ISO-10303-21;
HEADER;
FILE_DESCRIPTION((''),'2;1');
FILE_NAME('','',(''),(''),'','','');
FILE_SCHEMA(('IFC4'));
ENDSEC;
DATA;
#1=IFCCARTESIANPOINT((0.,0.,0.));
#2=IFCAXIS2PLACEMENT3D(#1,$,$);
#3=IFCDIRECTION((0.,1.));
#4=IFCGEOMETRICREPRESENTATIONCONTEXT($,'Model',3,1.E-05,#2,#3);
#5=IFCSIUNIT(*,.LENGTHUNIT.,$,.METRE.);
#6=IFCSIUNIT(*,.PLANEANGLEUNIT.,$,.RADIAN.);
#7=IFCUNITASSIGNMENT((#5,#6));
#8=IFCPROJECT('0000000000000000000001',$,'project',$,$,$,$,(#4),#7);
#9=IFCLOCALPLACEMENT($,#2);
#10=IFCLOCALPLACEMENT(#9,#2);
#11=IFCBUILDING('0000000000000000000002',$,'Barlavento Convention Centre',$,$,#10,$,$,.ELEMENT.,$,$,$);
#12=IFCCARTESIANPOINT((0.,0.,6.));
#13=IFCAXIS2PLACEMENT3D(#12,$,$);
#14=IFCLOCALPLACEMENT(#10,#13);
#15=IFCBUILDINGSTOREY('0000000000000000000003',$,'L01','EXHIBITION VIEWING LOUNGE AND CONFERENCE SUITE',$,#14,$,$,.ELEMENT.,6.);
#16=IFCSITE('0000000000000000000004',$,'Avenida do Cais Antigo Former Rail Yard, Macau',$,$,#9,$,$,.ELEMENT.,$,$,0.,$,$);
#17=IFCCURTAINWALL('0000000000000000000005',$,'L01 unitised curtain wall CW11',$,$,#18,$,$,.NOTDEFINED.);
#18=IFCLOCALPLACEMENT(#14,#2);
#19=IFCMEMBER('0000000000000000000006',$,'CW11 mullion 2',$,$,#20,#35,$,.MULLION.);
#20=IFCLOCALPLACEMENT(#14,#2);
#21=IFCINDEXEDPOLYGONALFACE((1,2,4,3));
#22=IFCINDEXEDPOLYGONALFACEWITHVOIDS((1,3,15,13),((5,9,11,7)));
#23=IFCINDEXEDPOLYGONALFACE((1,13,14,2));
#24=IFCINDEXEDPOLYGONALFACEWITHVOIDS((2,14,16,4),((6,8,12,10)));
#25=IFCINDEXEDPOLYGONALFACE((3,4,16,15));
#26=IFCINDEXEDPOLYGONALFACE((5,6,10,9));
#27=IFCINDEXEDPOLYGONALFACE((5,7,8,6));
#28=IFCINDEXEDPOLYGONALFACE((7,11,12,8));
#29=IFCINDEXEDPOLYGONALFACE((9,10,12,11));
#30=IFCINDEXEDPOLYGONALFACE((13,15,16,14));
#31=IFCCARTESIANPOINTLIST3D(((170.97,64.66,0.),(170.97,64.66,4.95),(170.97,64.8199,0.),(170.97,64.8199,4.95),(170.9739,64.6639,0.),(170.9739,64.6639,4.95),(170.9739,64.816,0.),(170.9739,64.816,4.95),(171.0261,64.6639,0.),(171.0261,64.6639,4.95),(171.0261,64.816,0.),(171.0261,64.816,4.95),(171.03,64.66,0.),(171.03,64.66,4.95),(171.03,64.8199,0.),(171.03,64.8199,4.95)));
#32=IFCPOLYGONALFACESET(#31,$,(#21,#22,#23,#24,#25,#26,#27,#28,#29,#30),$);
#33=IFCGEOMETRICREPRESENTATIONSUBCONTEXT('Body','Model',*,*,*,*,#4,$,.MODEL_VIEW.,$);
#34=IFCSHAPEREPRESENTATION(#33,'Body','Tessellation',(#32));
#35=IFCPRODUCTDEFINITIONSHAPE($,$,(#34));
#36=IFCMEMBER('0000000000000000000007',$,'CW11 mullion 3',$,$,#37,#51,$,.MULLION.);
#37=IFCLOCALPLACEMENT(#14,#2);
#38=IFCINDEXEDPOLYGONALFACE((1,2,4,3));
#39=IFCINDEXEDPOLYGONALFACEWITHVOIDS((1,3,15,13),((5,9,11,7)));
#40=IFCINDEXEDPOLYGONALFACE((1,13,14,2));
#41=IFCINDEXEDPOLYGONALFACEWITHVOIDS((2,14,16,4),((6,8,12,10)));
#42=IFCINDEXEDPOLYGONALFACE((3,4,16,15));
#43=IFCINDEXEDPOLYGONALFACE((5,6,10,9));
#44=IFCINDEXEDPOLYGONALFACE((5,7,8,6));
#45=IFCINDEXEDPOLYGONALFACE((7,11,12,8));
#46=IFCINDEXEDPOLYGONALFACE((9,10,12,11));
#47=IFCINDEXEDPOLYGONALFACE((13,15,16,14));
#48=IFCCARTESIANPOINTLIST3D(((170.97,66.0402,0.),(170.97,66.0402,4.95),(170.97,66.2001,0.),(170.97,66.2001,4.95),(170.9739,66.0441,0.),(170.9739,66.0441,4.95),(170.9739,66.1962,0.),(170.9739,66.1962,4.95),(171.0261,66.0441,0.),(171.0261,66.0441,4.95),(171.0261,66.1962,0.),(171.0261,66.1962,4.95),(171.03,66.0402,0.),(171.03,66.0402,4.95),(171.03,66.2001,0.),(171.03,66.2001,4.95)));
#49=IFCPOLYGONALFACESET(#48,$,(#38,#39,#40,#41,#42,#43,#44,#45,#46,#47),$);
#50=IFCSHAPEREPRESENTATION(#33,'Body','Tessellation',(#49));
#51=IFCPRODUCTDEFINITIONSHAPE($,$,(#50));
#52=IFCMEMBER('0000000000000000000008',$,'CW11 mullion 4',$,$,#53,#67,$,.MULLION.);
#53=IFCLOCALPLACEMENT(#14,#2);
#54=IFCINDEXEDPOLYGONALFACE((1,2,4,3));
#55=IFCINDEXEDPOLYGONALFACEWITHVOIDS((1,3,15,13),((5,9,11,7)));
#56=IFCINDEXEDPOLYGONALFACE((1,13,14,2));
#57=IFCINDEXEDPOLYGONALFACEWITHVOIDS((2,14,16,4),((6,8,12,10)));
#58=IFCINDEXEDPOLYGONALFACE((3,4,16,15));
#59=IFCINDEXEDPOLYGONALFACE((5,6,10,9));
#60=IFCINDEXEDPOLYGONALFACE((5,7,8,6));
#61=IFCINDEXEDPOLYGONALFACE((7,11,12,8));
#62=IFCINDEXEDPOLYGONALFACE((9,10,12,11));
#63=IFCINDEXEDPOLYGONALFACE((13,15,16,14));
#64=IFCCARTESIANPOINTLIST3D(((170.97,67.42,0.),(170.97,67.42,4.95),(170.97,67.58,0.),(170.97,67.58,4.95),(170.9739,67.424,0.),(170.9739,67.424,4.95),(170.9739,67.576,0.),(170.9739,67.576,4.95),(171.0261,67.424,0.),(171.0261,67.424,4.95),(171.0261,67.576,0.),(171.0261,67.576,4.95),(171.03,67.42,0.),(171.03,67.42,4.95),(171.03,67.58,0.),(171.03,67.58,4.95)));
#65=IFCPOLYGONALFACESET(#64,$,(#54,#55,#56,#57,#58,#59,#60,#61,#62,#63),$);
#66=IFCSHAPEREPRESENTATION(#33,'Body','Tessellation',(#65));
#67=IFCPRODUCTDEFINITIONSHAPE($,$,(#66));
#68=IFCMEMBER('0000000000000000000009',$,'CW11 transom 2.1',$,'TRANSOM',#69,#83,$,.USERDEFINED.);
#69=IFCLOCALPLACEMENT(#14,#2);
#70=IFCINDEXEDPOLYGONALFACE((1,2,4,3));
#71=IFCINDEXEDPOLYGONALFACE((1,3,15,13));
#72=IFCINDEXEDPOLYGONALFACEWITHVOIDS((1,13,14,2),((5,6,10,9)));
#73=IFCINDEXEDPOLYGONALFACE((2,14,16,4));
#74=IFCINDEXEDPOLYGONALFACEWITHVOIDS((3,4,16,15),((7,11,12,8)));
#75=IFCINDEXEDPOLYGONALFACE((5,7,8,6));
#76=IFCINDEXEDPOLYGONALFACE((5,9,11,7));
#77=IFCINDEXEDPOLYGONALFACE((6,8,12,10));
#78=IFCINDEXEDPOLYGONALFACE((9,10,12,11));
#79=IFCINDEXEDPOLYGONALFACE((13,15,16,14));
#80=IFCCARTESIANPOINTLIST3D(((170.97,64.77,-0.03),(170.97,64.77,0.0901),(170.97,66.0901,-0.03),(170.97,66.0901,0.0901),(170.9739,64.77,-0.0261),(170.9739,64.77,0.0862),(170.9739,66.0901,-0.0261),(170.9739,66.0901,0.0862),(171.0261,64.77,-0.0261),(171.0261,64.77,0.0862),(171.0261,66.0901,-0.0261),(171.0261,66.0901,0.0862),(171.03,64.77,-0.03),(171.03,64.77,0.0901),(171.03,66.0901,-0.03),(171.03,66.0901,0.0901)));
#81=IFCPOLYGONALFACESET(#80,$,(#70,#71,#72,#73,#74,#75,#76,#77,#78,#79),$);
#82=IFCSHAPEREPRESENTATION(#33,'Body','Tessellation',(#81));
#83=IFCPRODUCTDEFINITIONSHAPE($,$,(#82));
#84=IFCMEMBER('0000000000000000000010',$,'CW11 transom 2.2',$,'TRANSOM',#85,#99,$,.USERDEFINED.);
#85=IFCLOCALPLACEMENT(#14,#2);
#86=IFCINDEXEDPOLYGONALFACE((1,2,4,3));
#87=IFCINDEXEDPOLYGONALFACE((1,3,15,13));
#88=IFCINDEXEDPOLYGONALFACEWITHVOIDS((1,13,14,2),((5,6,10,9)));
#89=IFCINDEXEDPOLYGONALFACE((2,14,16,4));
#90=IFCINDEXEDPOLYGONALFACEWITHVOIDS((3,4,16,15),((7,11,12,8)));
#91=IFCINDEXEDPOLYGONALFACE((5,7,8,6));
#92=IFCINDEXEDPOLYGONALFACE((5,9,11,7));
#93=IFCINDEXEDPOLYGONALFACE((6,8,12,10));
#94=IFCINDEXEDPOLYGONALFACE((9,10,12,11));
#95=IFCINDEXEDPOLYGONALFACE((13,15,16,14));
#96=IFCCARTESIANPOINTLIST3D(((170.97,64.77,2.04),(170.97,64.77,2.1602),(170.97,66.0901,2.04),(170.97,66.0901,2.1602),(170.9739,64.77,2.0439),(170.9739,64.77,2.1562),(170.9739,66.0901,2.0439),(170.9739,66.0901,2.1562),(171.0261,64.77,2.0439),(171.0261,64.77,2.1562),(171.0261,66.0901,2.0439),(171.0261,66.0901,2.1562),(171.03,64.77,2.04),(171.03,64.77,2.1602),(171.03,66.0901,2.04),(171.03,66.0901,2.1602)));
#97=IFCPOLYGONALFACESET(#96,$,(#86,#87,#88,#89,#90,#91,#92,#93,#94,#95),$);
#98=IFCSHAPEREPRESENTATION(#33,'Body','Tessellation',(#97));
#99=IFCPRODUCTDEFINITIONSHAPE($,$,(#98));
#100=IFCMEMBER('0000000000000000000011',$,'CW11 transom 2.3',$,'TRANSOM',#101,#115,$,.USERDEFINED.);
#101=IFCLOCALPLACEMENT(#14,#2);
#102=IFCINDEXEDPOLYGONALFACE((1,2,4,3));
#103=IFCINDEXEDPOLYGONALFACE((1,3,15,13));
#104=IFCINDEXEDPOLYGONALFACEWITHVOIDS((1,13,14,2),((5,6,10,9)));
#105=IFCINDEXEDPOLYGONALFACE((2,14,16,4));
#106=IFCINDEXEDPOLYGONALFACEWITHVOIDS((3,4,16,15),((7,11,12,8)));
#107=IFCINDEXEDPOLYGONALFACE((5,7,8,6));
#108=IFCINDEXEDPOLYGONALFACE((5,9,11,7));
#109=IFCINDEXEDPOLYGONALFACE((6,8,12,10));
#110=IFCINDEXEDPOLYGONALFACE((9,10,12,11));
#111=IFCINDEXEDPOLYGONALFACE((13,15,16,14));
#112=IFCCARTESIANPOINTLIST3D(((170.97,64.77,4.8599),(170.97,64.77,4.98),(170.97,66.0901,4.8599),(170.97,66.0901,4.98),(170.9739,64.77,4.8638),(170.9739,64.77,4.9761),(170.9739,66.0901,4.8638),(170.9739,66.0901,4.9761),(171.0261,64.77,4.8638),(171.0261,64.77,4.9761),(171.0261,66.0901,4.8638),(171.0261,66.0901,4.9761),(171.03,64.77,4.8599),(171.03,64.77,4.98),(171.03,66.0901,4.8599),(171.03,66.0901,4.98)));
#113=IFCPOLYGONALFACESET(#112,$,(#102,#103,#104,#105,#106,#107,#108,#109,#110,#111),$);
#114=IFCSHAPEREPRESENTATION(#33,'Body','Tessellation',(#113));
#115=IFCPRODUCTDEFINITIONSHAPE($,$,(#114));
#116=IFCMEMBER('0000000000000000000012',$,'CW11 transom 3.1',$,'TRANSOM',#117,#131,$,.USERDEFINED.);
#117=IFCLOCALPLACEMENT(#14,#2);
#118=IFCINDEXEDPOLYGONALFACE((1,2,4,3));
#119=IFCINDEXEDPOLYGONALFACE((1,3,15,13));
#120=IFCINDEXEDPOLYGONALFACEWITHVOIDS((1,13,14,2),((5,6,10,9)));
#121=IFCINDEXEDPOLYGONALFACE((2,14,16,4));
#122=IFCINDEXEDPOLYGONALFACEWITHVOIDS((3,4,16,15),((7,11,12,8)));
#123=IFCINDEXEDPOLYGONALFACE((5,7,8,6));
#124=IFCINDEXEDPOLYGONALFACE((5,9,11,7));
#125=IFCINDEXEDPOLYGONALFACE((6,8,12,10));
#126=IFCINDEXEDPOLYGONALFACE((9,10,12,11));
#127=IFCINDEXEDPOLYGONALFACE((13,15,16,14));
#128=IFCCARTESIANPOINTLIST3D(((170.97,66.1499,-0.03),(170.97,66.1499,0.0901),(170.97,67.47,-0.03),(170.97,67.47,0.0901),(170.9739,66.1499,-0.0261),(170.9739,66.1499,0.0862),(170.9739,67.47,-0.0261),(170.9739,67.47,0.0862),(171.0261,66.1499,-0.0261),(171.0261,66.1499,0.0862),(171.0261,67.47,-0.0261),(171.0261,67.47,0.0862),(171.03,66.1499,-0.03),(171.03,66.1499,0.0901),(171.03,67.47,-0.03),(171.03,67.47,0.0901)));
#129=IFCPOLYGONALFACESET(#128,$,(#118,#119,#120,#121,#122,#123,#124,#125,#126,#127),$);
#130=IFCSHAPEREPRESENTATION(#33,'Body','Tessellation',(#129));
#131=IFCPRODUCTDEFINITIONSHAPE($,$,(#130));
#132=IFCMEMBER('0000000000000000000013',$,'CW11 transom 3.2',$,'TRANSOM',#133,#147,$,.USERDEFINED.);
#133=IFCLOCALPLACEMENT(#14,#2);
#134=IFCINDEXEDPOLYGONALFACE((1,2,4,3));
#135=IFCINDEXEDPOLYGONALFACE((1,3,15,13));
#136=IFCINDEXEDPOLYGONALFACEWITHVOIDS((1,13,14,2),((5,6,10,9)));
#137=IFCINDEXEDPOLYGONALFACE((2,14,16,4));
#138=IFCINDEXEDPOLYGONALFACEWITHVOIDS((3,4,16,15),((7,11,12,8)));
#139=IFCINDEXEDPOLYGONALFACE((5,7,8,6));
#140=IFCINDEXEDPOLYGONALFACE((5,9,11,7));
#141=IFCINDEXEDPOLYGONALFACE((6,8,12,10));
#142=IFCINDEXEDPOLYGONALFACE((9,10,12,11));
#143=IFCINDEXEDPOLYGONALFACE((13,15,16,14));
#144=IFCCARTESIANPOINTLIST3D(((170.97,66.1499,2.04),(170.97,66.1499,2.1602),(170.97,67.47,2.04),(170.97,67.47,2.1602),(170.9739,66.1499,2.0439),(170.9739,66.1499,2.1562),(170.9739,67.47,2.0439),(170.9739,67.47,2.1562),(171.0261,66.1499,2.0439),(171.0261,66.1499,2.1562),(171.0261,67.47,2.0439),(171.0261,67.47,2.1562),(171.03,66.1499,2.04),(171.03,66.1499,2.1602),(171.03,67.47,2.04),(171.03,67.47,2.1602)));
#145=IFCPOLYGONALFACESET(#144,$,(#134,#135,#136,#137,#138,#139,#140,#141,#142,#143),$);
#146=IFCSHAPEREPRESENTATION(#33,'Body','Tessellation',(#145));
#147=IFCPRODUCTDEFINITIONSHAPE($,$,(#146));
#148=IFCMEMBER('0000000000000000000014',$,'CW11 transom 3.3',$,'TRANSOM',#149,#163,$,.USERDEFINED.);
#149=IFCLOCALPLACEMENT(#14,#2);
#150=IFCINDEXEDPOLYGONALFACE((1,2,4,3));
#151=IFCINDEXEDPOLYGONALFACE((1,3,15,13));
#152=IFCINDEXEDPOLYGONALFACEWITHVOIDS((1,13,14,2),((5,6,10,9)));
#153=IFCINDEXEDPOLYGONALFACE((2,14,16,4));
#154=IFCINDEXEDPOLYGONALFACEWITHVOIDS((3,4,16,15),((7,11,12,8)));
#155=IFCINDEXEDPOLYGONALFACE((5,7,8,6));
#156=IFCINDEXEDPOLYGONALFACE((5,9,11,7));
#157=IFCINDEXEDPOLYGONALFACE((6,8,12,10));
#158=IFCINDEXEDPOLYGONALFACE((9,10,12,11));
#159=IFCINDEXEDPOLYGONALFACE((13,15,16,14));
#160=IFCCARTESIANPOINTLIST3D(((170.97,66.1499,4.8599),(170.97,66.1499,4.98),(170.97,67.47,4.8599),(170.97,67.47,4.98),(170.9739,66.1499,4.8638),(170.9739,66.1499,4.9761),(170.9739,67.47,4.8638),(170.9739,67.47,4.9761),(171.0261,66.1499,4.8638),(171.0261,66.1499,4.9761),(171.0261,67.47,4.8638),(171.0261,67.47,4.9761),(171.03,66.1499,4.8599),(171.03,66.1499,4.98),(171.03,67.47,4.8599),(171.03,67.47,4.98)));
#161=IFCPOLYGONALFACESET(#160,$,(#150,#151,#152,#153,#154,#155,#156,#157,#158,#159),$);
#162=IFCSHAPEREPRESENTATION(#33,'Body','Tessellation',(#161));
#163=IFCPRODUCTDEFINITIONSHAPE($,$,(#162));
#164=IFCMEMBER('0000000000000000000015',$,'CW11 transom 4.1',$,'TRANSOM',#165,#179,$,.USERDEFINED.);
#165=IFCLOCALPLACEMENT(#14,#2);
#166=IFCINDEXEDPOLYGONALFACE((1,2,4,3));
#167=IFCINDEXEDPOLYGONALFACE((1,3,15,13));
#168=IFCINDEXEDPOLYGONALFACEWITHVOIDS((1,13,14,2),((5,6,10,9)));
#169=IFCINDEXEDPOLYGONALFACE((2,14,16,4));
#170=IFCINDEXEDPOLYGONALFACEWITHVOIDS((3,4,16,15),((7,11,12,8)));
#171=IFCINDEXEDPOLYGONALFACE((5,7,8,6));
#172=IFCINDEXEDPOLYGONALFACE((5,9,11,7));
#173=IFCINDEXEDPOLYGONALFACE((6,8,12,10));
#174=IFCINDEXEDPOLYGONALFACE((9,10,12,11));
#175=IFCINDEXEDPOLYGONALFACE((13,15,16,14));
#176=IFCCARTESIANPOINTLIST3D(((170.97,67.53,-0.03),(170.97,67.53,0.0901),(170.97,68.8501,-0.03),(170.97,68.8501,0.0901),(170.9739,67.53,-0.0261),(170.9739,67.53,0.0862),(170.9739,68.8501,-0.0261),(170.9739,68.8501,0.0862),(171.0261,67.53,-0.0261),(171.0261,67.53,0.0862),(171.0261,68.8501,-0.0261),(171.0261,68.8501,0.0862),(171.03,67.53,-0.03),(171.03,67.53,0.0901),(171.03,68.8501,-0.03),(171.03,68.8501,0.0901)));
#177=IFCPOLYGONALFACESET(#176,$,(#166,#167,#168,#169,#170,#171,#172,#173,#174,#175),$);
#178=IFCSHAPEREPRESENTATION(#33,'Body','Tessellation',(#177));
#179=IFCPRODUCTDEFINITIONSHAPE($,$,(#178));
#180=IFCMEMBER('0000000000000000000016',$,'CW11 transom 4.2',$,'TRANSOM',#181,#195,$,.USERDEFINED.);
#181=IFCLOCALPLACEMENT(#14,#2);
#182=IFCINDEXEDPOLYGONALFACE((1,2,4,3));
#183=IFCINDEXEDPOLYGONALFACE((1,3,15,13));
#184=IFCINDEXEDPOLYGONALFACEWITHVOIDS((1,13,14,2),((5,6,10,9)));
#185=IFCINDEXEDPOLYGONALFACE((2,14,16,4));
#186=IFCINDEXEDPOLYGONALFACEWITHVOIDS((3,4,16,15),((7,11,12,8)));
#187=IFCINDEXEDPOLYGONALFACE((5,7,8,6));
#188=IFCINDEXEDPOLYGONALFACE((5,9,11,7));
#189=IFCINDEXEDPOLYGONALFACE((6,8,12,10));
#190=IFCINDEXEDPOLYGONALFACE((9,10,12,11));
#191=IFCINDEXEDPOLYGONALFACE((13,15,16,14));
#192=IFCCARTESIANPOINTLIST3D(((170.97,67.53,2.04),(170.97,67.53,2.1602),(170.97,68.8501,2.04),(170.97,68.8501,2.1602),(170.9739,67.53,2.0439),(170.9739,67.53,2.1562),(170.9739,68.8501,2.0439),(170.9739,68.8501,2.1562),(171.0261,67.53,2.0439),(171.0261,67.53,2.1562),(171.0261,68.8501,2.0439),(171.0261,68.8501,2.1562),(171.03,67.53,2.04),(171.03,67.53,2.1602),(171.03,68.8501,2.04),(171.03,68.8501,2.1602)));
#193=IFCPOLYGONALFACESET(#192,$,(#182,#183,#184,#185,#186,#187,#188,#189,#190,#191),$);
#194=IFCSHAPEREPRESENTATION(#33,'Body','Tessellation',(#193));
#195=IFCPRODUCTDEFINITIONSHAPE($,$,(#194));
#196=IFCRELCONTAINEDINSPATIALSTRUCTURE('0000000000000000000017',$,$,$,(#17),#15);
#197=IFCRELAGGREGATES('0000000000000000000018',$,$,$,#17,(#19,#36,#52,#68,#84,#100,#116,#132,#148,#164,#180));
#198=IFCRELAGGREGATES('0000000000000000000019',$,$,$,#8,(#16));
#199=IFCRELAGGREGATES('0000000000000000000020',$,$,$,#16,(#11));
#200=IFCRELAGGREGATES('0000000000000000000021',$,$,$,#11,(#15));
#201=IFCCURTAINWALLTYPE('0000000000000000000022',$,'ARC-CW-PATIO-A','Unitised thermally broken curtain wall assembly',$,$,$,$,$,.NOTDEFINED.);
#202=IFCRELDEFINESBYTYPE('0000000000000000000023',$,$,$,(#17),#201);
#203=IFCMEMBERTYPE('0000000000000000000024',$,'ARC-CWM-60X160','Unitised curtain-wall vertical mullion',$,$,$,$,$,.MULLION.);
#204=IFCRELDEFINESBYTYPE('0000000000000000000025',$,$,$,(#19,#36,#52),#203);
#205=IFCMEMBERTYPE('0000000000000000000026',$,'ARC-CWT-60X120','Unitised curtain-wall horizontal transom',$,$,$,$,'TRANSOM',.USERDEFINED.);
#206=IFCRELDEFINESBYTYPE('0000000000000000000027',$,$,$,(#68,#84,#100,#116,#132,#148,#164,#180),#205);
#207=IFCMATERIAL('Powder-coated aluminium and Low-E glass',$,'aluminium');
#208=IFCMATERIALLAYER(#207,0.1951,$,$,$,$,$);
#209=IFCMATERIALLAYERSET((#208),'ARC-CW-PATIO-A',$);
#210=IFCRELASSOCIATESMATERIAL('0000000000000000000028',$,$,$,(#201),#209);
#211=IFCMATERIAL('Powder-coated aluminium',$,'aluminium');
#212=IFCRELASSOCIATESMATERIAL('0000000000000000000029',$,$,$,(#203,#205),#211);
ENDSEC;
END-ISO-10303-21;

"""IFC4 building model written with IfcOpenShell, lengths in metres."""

from ifc_helpers import new_model, si_unit, direction, frame, origin, origin_2d, place, context, subcontext, project, spatial, hollow_rectangle, extrude, material, layer, layer_set, material_profile, profile_set, type_object, element, aggregate, save


model = new_model("IFC4")

# Units and contexts
model_context = context("Model", 3, precision=1e-05, world=origin(), true_north=direction((0.0, 1.0)))
body_context = subcontext(model_context, "Body", "Model", "MODEL_VIEW")
ifc_project = project(units=[si_unit("LENGTHUNIT", "METRE"), si_unit("PLANEANGLEUNIT", "RADIAN")], contexts=[model_context])

# Site, building, storey
site_placement = place(None, origin())
site = spatial("IfcSite", under=ifc_project, at=site_placement, Name="Avenida do Cais Antigo Former Rail Yard, Macau", CompositionType="ELEMENT", RefElevation=0.0)
building_placement = place(site_placement, origin())
building = spatial("IfcBuilding", under=site, at=building_placement, Name="Barlavento Convention Centre", CompositionType="ELEMENT")
storey_placement = place(building_placement, frame((0.0, 0.0, 6.0)))
storey = spatial("IfcBuildingStorey", under=building, at=storey_placement, Name="L01", Description="EXHIBITION VIEWING LOUNGE AND CONFERENCE SUITE", CompositionType="ELEMENT", Elevation=6.0)

# Curtain wall, members
ifc_material_1 = material(Name="Powder-coated aluminium and Low-E glass", Category="aluminium")
ifc_layer_1 = layer(ifc_material_1, 0.1951)
ifc_layer_set_1 = layer_set([ifc_layer_1], Name="ARC-CW-PATIO-A")
curtain_wall_type = type_object("IfcCurtainWallType", Name="ARC-CW-PATIO-A", Description="Unitised thermally broken curtain wall assembly", PredefinedType="NOTDEFINED", material=ifc_layer_set_1)
curtain_wall_placement = place(storey_placement, origin())
curtain_wall = element("IfcCurtainWall", 1, at=curtain_wall_placement, inside=storey, type_object=curtain_wall_type, Name="L01 unitised curtain wall CW11", PredefinedType="NOTDEFINED")
ifc_material_2 = material(Name="Powder-coated aluminium", Category="aluminium")
ifc_material_profile_1 = material_profile(ifc_material_2, hollow_rectangle(XDim=0.0601, YDim=0.1599, WallThickness=0.0039, at=origin_2d()), Name="AL-MULL 60x160x4")
ifc_profile_set_1 = profile_set([ifc_material_profile_1], Name="Powder-coated aluminium")
member_type_1 = type_object("IfcMemberType", Name="ARC-CWM-60X160", Description="Unitised curtain-wall vertical mullion", PredefinedType="MULLION", material=ifc_profile_set_1)
member_1_placement = place(storey_placement, frame((171.0, 64.74, 0.0), z_axis=(0.0, 0.0, 1.0), x_axis=(-1.0, 0.0, 0.0)))
member_1 = element("IfcMember", 2, at=member_1_placement, type_object=member_type_1, Name="CW11 mullion 2", PredefinedType="MULLION", context=body_context, shape_type="SweptSolid", body=[
    extrude(hollow_rectangle(XDim=0.0601, YDim=0.1599, WallThickness=0.0039, at=origin_2d()), origin(), (0.0, 0.0, 1.0), 4.95),
])
member_2_placement = place(storey_placement, frame((171.0, 66.1201, 0.0), z_axis=(0.0, 0.0, 1.0), x_axis=(-1.0, 0.0, 0.0)))
member_2 = element("IfcMember", 3, at=member_2_placement, type_object=member_type_1, Name="CW11 mullion 3", PredefinedType="MULLION", context=body_context, shape_type="SweptSolid", body=[
    extrude(hollow_rectangle(XDim=0.0601, YDim=0.1599, WallThickness=0.0039, at=origin_2d()), origin(), (0.0, 0.0, 1.0), 4.95),
])
member_3_placement = place(storey_placement, frame((171.0, 67.5, 0.0), z_axis=(0.0, 0.0, 1.0), x_axis=(-1.0, 0.0, 0.0)))
member_3 = element("IfcMember", 4, at=member_3_placement, type_object=member_type_1, Name="CW11 mullion 4", PredefinedType="MULLION", context=body_context, shape_type="SweptSolid", body=[
    extrude(hollow_rectangle(XDim=0.0601, YDim=0.1599, WallThickness=0.0039, at=origin_2d()), origin(), (0.0, 0.0, 1.0), 4.95),
])
ifc_material_profile_2 = material_profile(ifc_material_2, hollow_rectangle(XDim=0.0601, YDim=0.1201, WallThickness=0.0039, at=origin_2d()), Name="AL-TRAN 60x120x4")
ifc_profile_set_2 = profile_set([ifc_material_profile_2], Name="Powder-coated aluminium")
member_type_2 = type_object("IfcMemberType", Name="ARC-CWT-60X120", Description="Unitised curtain-wall horizontal transom", ElementType="TRANSOM", PredefinedType="USERDEFINED", material=ifc_profile_set_2)
member_4_placement = place(storey_placement, frame((171.0, 64.77, 0.03), z_axis=(0.0, 1.0, 0.0), x_axis=(-1.0, 0.0, 0.0)))
member_4 = element("IfcMember", 5, at=member_4_placement, type_object=member_type_2, Name="CW11 transom 2.1", ObjectType="TRANSOM", PredefinedType="USERDEFINED", context=body_context, shape_type="SweptSolid", body=[
    extrude(hollow_rectangle(XDim=0.0601, YDim=0.1201, WallThickness=0.0039, at=origin_2d()), origin(), (0.0, 0.0, 1.0), 1.3201),
])
member_5_placement = place(storey_placement, frame((171.0, 64.77, 2.1001), z_axis=(0.0, 1.0, 0.0), x_axis=(-1.0, 0.0, 0.0)))
member_5 = element("IfcMember", 6, at=member_5_placement, type_object=member_type_2, Name="CW11 transom 2.2", ObjectType="TRANSOM", PredefinedType="USERDEFINED", context=body_context, shape_type="SweptSolid", body=[
    extrude(hollow_rectangle(XDim=0.0601, YDim=0.1201, WallThickness=0.0039, at=origin_2d()), origin(), (0.0, 0.0, 1.0), 1.3201),
])
member_6_placement = place(storey_placement, frame((171.0, 64.77, 4.9199), z_axis=(0.0, 1.0, 0.0), x_axis=(-1.0, 0.0, 0.0)))
member_6 = element("IfcMember", 7, at=member_6_placement, type_object=member_type_2, Name="CW11 transom 2.3", ObjectType="TRANSOM", PredefinedType="USERDEFINED", context=body_context, shape_type="SweptSolid", body=[
    extrude(hollow_rectangle(XDim=0.0601, YDim=0.1201, WallThickness=0.0039, at=origin_2d()), origin(), (0.0, 0.0, 1.0), 1.3201),
])
member_7_placement = place(storey_placement, frame((171.0, 66.1499, 0.03), z_axis=(0.0, 1.0, 0.0), x_axis=(-1.0, 0.0, 0.0)))
member_7 = element("IfcMember", 8, at=member_7_placement, type_object=member_type_2, Name="CW11 transom 3.1", ObjectType="TRANSOM", PredefinedType="USERDEFINED", context=body_context, shape_type="SweptSolid", body=[
    extrude(hollow_rectangle(XDim=0.0601, YDim=0.1201, WallThickness=0.0039, at=origin_2d()), origin(), (0.0, 0.0, 1.0), 1.3201),
])
member_8_placement = place(storey_placement, frame((171.0, 66.1499, 2.1001), z_axis=(0.0, 1.0, 0.0), x_axis=(-1.0, 0.0, 0.0)))
member_8 = element("IfcMember", 9, at=member_8_placement, type_object=member_type_2, Name="CW11 transom 3.2", ObjectType="TRANSOM", PredefinedType="USERDEFINED", context=body_context, shape_type="SweptSolid", body=[
    extrude(hollow_rectangle(XDim=0.0601, YDim=0.1201, WallThickness=0.0039, at=origin_2d()), origin(), (0.0, 0.0, 1.0), 1.3201),
])
member_9_placement = place(storey_placement, frame((171.0, 66.1499, 4.9199), z_axis=(0.0, 1.0, 0.0), x_axis=(-1.0, 0.0, 0.0)))
member_9 = element("IfcMember", 10, at=member_9_placement, type_object=member_type_2, Name="CW11 transom 3.3", ObjectType="TRANSOM", PredefinedType="USERDEFINED", context=body_context, shape_type="SweptSolid", body=[
    extrude(hollow_rectangle(XDim=0.0601, YDim=0.1201, WallThickness=0.0039, at=origin_2d()), origin(), (0.0, 0.0, 1.0), 1.3201),
])
member_10_placement = place(storey_placement, frame((171.0, 67.53, 0.03), z_axis=(0.0, 1.0, 0.0), x_axis=(-1.0, 0.0, 0.0)))
member_10 = element("IfcMember", 11, at=member_10_placement, type_object=member_type_2, Name="CW11 transom 4.1", ObjectType="TRANSOM", PredefinedType="USERDEFINED", context=body_context, shape_type="SweptSolid", body=[
    extrude(hollow_rectangle(XDim=0.0601, YDim=0.1201, WallThickness=0.0039, at=origin_2d()), origin(), (0.0, 0.0, 1.0), 1.3201),
])
member_11_placement = place(storey_placement, frame((171.0, 67.53, 2.1001), z_axis=(0.0, 1.0, 0.0), x_axis=(-1.0, 0.0, 0.0)))
member_11 = element("IfcMember", 12, at=member_11_placement, type_object=member_type_2, Name="CW11 transom 4.2", ObjectType="TRANSOM", PredefinedType="USERDEFINED", context=body_context, shape_type="SweptSolid", body=[
    extrude(hollow_rectangle(XDim=0.0601, YDim=0.1201, WallThickness=0.0039, at=origin_2d()), origin(), (0.0, 0.0, 1.0), 1.3201),
])

aggregate(curtain_wall, [member_1, member_2, member_3, member_4, member_5, member_6, member_7, member_8, member_9, member_10, member_11])

save(model, "model.ifc")
